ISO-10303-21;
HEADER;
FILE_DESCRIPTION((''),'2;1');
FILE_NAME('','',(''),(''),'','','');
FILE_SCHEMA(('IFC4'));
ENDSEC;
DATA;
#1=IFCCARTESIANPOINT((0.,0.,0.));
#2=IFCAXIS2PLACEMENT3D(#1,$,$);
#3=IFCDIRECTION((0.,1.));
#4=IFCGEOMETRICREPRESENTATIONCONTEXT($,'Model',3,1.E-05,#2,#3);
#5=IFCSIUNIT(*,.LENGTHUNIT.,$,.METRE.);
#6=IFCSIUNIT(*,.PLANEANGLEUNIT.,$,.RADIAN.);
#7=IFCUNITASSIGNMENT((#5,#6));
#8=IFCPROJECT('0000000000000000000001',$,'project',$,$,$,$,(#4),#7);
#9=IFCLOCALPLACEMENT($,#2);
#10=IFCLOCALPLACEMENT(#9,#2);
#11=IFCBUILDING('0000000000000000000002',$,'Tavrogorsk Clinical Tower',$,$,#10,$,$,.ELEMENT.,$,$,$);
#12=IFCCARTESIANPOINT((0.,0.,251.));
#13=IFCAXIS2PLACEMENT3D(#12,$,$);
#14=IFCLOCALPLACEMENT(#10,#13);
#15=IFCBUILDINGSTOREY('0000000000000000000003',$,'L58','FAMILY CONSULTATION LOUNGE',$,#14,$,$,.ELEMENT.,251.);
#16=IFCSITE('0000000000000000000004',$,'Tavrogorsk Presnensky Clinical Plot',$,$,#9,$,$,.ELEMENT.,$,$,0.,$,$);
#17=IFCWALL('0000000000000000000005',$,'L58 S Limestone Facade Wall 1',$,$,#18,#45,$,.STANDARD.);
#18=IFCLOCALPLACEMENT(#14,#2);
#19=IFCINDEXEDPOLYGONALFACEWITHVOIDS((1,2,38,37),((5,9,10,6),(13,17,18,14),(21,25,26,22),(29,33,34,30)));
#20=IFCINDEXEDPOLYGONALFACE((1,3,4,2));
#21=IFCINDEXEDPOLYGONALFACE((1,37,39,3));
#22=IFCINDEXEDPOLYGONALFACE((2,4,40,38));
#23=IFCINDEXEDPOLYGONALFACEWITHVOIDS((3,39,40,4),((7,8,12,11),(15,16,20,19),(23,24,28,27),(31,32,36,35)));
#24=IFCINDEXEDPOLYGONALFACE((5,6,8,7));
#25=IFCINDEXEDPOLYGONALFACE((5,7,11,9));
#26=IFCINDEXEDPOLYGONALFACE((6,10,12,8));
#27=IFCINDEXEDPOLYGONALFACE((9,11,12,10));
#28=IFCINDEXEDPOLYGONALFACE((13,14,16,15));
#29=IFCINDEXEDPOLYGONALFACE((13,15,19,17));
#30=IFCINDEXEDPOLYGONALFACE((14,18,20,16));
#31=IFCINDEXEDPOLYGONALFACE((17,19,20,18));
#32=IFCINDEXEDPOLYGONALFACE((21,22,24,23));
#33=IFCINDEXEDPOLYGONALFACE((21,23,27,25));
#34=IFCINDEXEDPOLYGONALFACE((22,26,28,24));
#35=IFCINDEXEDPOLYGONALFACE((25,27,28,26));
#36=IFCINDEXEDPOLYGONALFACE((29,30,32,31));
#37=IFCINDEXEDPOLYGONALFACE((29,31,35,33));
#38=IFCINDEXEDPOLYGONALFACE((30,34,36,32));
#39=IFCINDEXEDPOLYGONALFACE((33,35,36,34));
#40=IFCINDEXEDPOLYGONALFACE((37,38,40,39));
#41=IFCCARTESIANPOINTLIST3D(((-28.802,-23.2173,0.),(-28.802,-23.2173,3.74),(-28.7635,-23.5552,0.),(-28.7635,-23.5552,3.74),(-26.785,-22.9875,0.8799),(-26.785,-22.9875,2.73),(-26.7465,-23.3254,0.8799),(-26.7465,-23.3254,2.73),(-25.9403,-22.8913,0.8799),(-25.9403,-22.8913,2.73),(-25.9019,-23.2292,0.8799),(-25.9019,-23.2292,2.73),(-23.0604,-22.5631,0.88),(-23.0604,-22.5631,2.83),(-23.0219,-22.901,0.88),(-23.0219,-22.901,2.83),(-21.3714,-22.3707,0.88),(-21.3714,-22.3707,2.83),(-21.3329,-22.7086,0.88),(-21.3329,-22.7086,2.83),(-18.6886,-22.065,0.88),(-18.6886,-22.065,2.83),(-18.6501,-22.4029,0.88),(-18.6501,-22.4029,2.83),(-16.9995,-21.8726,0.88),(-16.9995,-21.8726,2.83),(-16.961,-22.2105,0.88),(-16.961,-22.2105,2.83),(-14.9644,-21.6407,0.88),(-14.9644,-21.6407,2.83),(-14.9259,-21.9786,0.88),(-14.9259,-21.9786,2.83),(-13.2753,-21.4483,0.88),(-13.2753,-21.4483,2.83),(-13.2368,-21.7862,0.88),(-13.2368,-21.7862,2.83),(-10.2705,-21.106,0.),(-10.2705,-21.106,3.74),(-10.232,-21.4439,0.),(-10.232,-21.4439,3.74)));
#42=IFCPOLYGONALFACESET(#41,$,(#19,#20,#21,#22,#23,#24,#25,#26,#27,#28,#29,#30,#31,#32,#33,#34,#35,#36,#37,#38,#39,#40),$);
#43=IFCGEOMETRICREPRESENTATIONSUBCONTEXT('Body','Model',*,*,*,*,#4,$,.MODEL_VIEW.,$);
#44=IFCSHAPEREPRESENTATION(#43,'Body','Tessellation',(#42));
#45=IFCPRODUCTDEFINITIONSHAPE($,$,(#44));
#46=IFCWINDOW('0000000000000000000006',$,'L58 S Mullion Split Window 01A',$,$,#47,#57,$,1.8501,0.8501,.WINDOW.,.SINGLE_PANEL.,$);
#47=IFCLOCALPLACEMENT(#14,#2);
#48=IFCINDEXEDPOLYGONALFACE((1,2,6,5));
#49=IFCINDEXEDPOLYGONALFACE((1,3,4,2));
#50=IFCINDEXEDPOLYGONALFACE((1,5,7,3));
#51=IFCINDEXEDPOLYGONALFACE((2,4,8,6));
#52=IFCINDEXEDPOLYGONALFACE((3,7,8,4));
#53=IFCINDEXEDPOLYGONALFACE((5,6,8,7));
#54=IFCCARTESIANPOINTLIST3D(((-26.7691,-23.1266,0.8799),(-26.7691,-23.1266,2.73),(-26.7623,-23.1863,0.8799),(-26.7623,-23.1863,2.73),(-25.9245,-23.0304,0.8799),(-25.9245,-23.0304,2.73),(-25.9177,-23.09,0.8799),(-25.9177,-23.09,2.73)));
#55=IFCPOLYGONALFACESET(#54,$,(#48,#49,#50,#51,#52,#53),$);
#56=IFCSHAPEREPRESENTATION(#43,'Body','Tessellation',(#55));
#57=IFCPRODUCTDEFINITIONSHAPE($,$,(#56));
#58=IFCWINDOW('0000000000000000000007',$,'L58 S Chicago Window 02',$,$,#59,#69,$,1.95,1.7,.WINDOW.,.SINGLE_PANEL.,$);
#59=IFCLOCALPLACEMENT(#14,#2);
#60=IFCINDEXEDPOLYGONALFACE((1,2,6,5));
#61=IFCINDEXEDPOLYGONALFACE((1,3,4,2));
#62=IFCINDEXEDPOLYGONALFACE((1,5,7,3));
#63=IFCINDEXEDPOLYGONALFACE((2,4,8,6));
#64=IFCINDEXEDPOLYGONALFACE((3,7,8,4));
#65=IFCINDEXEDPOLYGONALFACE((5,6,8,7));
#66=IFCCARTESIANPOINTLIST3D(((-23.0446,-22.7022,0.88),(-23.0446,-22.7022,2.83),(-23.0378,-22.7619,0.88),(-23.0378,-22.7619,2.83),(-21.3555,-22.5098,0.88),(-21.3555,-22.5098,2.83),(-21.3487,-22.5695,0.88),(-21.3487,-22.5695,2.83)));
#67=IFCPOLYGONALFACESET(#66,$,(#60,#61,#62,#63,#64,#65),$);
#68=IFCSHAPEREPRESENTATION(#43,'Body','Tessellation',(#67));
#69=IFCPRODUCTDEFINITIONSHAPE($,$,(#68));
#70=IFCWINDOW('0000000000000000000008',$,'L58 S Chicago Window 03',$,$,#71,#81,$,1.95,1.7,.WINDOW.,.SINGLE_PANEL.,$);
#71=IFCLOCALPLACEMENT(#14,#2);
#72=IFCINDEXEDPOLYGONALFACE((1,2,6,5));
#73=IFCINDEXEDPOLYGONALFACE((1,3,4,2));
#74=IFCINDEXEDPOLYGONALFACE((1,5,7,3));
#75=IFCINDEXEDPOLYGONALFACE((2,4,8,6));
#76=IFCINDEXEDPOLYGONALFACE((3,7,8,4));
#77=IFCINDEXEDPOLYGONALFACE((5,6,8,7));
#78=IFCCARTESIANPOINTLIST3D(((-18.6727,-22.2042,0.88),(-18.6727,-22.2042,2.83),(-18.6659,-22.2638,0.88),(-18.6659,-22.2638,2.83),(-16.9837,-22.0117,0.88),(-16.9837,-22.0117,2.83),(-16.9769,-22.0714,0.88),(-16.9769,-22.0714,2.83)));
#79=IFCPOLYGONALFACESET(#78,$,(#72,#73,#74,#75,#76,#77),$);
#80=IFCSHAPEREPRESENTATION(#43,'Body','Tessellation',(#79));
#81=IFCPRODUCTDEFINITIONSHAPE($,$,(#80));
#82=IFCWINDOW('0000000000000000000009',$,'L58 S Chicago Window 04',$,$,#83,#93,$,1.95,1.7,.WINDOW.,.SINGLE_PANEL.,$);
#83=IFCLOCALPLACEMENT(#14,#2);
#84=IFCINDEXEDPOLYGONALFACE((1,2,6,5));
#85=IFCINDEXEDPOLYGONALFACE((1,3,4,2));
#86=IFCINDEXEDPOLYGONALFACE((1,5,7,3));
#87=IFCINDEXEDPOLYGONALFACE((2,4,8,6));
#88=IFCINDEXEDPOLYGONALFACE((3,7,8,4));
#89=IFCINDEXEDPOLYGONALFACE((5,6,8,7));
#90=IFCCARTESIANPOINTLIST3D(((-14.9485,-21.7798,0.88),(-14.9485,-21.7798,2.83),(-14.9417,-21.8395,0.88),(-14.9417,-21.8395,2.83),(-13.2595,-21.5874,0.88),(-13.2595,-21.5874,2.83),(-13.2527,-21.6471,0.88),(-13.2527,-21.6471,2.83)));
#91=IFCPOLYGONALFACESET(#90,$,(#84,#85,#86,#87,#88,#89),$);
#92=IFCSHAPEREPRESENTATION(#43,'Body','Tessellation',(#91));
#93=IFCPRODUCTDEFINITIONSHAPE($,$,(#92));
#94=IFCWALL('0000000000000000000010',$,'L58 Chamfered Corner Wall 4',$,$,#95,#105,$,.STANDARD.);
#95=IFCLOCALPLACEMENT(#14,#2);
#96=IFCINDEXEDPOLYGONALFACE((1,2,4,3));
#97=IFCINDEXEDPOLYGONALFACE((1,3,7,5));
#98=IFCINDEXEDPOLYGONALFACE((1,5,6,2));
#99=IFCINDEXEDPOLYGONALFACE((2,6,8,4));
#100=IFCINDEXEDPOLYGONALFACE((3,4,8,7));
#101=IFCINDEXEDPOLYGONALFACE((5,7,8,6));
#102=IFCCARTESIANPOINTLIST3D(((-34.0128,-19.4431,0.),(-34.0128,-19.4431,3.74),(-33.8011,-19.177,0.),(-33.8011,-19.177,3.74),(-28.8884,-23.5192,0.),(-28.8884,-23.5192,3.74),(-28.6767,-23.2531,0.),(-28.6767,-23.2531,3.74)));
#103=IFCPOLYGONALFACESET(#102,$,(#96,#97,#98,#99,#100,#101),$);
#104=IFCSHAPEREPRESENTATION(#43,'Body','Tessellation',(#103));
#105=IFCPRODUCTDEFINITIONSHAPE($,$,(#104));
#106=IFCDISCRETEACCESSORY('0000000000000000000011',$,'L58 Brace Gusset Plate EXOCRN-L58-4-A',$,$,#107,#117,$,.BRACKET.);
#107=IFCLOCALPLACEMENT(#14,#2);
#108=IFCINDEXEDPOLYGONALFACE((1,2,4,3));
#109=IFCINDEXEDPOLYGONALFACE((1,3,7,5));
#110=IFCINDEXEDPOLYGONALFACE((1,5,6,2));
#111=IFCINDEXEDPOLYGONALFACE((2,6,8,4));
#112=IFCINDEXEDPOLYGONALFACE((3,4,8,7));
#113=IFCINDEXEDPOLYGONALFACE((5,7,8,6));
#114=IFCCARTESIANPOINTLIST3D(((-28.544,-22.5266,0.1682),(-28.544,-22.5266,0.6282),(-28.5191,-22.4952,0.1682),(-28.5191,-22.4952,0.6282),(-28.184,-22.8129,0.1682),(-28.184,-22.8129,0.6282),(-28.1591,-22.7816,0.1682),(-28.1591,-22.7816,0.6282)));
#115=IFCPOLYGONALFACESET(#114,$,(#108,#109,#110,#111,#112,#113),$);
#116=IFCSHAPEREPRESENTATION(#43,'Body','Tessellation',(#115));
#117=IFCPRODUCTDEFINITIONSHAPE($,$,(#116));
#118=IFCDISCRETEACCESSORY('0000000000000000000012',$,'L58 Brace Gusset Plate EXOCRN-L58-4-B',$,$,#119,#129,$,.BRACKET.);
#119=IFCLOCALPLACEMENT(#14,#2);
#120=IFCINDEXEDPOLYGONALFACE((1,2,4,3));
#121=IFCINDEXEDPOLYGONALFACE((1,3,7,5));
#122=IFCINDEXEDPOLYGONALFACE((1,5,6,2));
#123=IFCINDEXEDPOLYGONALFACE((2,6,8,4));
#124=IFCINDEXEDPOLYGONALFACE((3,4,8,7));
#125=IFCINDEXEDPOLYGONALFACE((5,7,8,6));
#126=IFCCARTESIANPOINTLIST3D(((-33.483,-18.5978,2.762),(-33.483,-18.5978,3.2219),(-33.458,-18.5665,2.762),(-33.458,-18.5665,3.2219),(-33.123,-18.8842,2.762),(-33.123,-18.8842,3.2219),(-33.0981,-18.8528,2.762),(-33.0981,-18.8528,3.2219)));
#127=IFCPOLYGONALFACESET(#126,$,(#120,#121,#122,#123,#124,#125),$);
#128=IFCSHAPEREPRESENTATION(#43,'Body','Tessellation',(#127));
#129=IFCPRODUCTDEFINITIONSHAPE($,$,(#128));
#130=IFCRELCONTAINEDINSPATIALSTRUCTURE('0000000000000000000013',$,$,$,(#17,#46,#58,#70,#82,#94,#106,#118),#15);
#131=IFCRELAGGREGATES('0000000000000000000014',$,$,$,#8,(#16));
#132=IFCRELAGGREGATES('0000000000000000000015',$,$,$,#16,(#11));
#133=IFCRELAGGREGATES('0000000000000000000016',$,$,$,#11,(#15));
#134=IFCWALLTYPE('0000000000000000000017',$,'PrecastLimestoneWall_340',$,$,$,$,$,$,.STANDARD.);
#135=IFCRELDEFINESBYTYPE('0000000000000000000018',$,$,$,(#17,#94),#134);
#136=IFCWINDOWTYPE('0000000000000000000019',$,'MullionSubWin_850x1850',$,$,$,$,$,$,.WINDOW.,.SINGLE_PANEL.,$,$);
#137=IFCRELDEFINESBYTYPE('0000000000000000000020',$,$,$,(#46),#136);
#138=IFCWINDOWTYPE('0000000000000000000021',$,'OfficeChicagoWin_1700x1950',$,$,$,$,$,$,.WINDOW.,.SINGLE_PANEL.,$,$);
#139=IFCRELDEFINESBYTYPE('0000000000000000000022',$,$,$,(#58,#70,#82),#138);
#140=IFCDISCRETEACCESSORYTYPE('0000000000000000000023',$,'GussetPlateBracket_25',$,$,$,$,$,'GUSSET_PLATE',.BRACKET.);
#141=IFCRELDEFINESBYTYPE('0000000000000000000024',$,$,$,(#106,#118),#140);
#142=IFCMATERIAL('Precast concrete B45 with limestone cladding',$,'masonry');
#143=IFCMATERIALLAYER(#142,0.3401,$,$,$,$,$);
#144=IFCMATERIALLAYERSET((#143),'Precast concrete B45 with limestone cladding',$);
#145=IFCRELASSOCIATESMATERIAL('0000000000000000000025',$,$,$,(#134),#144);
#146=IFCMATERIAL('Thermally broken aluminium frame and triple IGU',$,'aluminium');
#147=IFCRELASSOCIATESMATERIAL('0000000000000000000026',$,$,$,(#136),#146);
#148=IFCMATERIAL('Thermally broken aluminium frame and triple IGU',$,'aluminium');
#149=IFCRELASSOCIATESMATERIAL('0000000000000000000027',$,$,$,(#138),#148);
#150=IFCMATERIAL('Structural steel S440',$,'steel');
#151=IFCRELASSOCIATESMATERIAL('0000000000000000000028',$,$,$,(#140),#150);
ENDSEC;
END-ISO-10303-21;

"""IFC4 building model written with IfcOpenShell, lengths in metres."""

from ifc_helpers import new_model, si_unit, direction, frame, frame_2d, origin, origin_2d, place, context, subcontext, project, spatial, rectangle, extrude, material, layer, layer_set, type_object, element, fill, save


model = new_model("IFC4")

# Units and contexts
model_context = context("Model", 3, precision=1e-05, world=origin(), true_north=direction((0.0, 1.0)))
body_context = subcontext(model_context, "Body", "Model", "MODEL_VIEW")
ifc_project = project(units=[si_unit("LENGTHUNIT", "METRE"), si_unit("PLANEANGLEUNIT", "RADIAN")], contexts=[model_context])

# Site, building, storey
site_placement = place(None, origin())
site = spatial("IfcSite", under=ifc_project, at=site_placement, Name="Tavrogorsk Presnensky Clinical Plot", CompositionType="ELEMENT", RefElevation=0.0)
building_placement = place(site_placement, origin())
building = spatial("IfcBuilding", under=site, at=building_placement, Name="Tavrogorsk Clinical Tower", CompositionType="ELEMENT")
storey_placement = place(building_placement, frame((0.0, 0.0, 251.0)))
storey = spatial("IfcBuildingStorey", under=building, at=storey_placement, Name="L58", Description="FAMILY CONSULTATION LOUNGE", CompositionType="ELEMENT", Elevation=251.0)

# Wall, openings, windows
ifc_material_1 = material(Name="Precast concrete B45 with limestone cladding", Category="masonry")
ifc_layer_1 = layer(ifc_material_1, 0.3401)
ifc_layer_set_1 = layer_set([ifc_layer_1], Name="Precast concrete B45 with limestone cladding")
wall_type_1 = type_object("IfcWallType", Name="PrecastLimestoneWall_340", PredefinedType="STANDARD", material=ifc_layer_set_1)
wall_1_placement = place(storey_placement, frame((-28.7827, -23.3862, 0.0), z_axis=(0.0, 0.0, 1.0), x_axis=(0.993572, 0.1132, 0.0)))
wall_1 = element("IfcWall", 1, at=wall_1_placement, inside=storey, type_object=wall_type_1, Name="L58 S Limestone Facade Wall 1", PredefinedType="STANDARD", context=body_context, shape_type="SweptSolid", body=[
    extrude(rectangle(XDim=18.6514, YDim=0.3401, at=frame_2d((9.3257, 0.0))), origin(), (0.0, 0.0, 1.0), 3.74),
])
opening_1_placement = place(wall_1_placement, frame((2.03, 0.0, 0.8799)))
opening_1 = element("IfcOpeningElement", 2, at=opening_1_placement, cuts=wall_1, PredefinedType="OPENING", context=body_context, shape_type="SweptSolid", body=[
    extrude(rectangle(XDim=0.8501, YDim=1.8501, at=frame_2d((0.425, 0.925))), frame((0.0, 0.1799, 0.0), z_axis=(0.0, -1.0, 0.0), x_axis=(1.0, 0.0, 0.0)), (0.0, 0.0, 1.0), 0.3601),
])
opening_2_placement = place(wall_1_placement, frame((5.7786, 0.0, 0.8799)))
opening_2 = element("IfcOpeningElement", 3, at=opening_2_placement, cuts=wall_1, PredefinedType="OPENING", context=body_context, shape_type="SweptSolid", body=[
    extrude(rectangle(XDim=1.7, YDim=1.95, at=frame_2d((0.8501, 0.9751))), frame((0.0, 0.1799, 0.0), z_axis=(0.0, -1.0, 0.0), x_axis=(1.0, 0.0, 0.0)), (0.0, 0.0, 1.0), 0.3601),
])
opening_3_placement = place(wall_1_placement, frame((10.1787, 0.0, 0.8799)))
opening_3 = element("IfcOpeningElement", 4, at=opening_3_placement, cuts=wall_1, PredefinedType="OPENING", context=body_context, shape_type="SweptSolid", body=[
    extrude(rectangle(XDim=1.7, YDim=1.95, at=frame_2d((0.8501, 0.9751))), frame((0.0, 0.1799, 0.0), z_axis=(0.0, -1.0, 0.0), x_axis=(1.0, 0.0, 0.0)), (0.0, 0.0, 1.0), 0.3601),
])
opening_4_placement = place(wall_1_placement, frame((13.927, 0.0, 0.8799)))
opening_4 = element("IfcOpeningElement", 5, at=opening_4_placement, cuts=wall_1, PredefinedType="OPENING", context=body_context, shape_type="SweptSolid", body=[
    extrude(rectangle(XDim=1.7, YDim=1.95, at=frame_2d((0.8501, 0.9751))), frame((0.0, 0.1799, 0.0), z_axis=(0.0, -1.0, 0.0), x_axis=(1.0, 0.0, 0.0)), (0.0, 0.0, 1.0), 0.3601),
])
ifc_material_2 = material(Name="Thermally broken aluminium frame and triple IGU", Category="aluminium")
window_type_1 = type_object("IfcWindowType", Name="MullionSubWin_850x1850", PartitioningType="SINGLE_PANEL", PredefinedType="WINDOW", material=ifc_material_2)
window_1_placement = place(opening_1_placement, origin())
window_1 = element("IfcWindow", 6, at=window_1_placement, inside=storey, type_object=window_type_1, Name="L58 S Mullion Split Window 01A", OverallHeight=1.8501, OverallWidth=0.8501, PartitioningType="SINGLE_PANEL", PredefinedType="WINDOW", context=body_context, shape_type="SweptSolid", body=[
    extrude(rectangle(XDim=0.8501, YDim=1.8501, at=frame_2d((0.425, 0.925))), frame((0.0, 0.03, 0.0), z_axis=(0.0, -1.0, 0.0), x_axis=(1.0, 0.0, 0.0)), (0.0, 0.0, 1.0), 0.0601),
])
fill(opening_1, window_1)
ifc_material_3 = material(Name="Thermally broken aluminium frame and triple IGU", Category="aluminium")
window_type_2 = type_object("IfcWindowType", Name="OfficeChicagoWin_1700x1950", PartitioningType="SINGLE_PANEL", PredefinedType="WINDOW", material=ifc_material_3)
window_2_placement = place(opening_2_placement, origin())
window_2 = element("IfcWindow", 7, at=window_2_placement, inside=storey, type_object=window_type_2, Name="L58 S Chicago Window 02", OverallHeight=1.95, OverallWidth=1.7, PartitioningType="SINGLE_PANEL", PredefinedType="WINDOW", context=body_context, shape_type="SweptSolid", body=[
    extrude(rectangle(XDim=1.7, YDim=1.95, at=frame_2d((0.8501, 0.9751))), frame((0.0, 0.03, 0.0), z_axis=(0.0, -1.0, 0.0), x_axis=(1.0, 0.0, 0.0)), (0.0, 0.0, 1.0), 0.0601),
])
fill(opening_2, window_2)
window_3_placement = place(opening_3_placement, origin())
window_3 = element("IfcWindow", 8, at=window_3_placement, inside=storey, type_object=window_type_2, Name="L58 S Chicago Window 03", OverallHeight=1.95, OverallWidth=1.7, PartitioningType="SINGLE_PANEL", PredefinedType="WINDOW", context=body_context, shape_type="SweptSolid", body=[
    extrude(rectangle(XDim=1.7, YDim=1.95, at=frame_2d((0.8501, 0.9751))), frame((0.0, 0.03, 0.0), z_axis=(0.0, -1.0, 0.0), x_axis=(1.0, 0.0, 0.0)), (0.0, 0.0, 1.0), 0.0601),
])
fill(opening_3, window_3)
window_4_placement = place(opening_4_placement, origin())
window_4 = element("IfcWindow", 9, at=window_4_placement, inside=storey, type_object=window_type_2, Name="L58 S Chicago Window 04", OverallHeight=1.95, OverallWidth=1.7, PartitioningType="SINGLE_PANEL", PredefinedType="WINDOW", context=body_context, shape_type="SweptSolid", body=[
    extrude(rectangle(XDim=1.7, YDim=1.95, at=frame_2d((0.8501, 0.9751))), frame((0.0, 0.03, 0.0), z_axis=(0.0, -1.0, 0.0), x_axis=(1.0, 0.0, 0.0)), (0.0, 0.0, 1.0), 0.0601),
])
fill(opening_4, window_4)

# Wall
wall_2_placement = place(storey_placement, frame((-33.907, -19.3101, 0.0), z_axis=(0.0, 0.0, 1.0), x_axis=(0.782612, -0.62251, 0.0)))
element("IfcWall", 10, at=wall_2_placement, inside=storey, type_object=wall_type_1, Name="L58 Chamfered Corner Wall 4", PredefinedType="STANDARD", context=body_context, shape_type="SweptSolid", body=[
    extrude(rectangle(XDim=6.5479, YDim=0.3401, at=frame_2d((3.2739, 0.0))), origin(), (0.0, 0.0, 1.0), 3.74),
])

# Discrete accessories
ifc_material_4 = material(Name="Structural steel S440", Category="steel")
discrete_accessory_type = type_object("IfcDiscreteAccessoryType", Name="GussetPlateBracket_25", ElementType="GUSSET_PLATE", PredefinedType="BRACKET", material=ifc_material_4)
for number, where, z_axis, x_axis, name in (
    (11, (-28.3516, -22.6541, 0.1682), (0.0, 0.0, 1.0), (-0.782608, 0.622515, 0.0), "L58 Brace Gusset Plate EXOCRN-L58-4-A"),
    (12, (-33.2905, -18.7253, 2.762), (0.0, 0.0, 1.0), (-0.782608, 0.622515, 0.0), "L58 Brace Gusset Plate EXOCRN-L58-4-B"),
):
    element("IfcDiscreteAccessory", number, at=place(storey_placement, frame(where, z_axis=z_axis, x_axis=x_axis)), inside=storey, type_object=discrete_accessory_type, Name=name, PredefinedType="BRACKET", context=body_context, shape_type="SweptSolid", body=[
        extrude(rectangle(XDim=0.46, YDim=0.04, at=origin_2d()), origin(), (0.0, 0.0, 1.0), 0.46),
    ])

save(model, "model.ifc")
